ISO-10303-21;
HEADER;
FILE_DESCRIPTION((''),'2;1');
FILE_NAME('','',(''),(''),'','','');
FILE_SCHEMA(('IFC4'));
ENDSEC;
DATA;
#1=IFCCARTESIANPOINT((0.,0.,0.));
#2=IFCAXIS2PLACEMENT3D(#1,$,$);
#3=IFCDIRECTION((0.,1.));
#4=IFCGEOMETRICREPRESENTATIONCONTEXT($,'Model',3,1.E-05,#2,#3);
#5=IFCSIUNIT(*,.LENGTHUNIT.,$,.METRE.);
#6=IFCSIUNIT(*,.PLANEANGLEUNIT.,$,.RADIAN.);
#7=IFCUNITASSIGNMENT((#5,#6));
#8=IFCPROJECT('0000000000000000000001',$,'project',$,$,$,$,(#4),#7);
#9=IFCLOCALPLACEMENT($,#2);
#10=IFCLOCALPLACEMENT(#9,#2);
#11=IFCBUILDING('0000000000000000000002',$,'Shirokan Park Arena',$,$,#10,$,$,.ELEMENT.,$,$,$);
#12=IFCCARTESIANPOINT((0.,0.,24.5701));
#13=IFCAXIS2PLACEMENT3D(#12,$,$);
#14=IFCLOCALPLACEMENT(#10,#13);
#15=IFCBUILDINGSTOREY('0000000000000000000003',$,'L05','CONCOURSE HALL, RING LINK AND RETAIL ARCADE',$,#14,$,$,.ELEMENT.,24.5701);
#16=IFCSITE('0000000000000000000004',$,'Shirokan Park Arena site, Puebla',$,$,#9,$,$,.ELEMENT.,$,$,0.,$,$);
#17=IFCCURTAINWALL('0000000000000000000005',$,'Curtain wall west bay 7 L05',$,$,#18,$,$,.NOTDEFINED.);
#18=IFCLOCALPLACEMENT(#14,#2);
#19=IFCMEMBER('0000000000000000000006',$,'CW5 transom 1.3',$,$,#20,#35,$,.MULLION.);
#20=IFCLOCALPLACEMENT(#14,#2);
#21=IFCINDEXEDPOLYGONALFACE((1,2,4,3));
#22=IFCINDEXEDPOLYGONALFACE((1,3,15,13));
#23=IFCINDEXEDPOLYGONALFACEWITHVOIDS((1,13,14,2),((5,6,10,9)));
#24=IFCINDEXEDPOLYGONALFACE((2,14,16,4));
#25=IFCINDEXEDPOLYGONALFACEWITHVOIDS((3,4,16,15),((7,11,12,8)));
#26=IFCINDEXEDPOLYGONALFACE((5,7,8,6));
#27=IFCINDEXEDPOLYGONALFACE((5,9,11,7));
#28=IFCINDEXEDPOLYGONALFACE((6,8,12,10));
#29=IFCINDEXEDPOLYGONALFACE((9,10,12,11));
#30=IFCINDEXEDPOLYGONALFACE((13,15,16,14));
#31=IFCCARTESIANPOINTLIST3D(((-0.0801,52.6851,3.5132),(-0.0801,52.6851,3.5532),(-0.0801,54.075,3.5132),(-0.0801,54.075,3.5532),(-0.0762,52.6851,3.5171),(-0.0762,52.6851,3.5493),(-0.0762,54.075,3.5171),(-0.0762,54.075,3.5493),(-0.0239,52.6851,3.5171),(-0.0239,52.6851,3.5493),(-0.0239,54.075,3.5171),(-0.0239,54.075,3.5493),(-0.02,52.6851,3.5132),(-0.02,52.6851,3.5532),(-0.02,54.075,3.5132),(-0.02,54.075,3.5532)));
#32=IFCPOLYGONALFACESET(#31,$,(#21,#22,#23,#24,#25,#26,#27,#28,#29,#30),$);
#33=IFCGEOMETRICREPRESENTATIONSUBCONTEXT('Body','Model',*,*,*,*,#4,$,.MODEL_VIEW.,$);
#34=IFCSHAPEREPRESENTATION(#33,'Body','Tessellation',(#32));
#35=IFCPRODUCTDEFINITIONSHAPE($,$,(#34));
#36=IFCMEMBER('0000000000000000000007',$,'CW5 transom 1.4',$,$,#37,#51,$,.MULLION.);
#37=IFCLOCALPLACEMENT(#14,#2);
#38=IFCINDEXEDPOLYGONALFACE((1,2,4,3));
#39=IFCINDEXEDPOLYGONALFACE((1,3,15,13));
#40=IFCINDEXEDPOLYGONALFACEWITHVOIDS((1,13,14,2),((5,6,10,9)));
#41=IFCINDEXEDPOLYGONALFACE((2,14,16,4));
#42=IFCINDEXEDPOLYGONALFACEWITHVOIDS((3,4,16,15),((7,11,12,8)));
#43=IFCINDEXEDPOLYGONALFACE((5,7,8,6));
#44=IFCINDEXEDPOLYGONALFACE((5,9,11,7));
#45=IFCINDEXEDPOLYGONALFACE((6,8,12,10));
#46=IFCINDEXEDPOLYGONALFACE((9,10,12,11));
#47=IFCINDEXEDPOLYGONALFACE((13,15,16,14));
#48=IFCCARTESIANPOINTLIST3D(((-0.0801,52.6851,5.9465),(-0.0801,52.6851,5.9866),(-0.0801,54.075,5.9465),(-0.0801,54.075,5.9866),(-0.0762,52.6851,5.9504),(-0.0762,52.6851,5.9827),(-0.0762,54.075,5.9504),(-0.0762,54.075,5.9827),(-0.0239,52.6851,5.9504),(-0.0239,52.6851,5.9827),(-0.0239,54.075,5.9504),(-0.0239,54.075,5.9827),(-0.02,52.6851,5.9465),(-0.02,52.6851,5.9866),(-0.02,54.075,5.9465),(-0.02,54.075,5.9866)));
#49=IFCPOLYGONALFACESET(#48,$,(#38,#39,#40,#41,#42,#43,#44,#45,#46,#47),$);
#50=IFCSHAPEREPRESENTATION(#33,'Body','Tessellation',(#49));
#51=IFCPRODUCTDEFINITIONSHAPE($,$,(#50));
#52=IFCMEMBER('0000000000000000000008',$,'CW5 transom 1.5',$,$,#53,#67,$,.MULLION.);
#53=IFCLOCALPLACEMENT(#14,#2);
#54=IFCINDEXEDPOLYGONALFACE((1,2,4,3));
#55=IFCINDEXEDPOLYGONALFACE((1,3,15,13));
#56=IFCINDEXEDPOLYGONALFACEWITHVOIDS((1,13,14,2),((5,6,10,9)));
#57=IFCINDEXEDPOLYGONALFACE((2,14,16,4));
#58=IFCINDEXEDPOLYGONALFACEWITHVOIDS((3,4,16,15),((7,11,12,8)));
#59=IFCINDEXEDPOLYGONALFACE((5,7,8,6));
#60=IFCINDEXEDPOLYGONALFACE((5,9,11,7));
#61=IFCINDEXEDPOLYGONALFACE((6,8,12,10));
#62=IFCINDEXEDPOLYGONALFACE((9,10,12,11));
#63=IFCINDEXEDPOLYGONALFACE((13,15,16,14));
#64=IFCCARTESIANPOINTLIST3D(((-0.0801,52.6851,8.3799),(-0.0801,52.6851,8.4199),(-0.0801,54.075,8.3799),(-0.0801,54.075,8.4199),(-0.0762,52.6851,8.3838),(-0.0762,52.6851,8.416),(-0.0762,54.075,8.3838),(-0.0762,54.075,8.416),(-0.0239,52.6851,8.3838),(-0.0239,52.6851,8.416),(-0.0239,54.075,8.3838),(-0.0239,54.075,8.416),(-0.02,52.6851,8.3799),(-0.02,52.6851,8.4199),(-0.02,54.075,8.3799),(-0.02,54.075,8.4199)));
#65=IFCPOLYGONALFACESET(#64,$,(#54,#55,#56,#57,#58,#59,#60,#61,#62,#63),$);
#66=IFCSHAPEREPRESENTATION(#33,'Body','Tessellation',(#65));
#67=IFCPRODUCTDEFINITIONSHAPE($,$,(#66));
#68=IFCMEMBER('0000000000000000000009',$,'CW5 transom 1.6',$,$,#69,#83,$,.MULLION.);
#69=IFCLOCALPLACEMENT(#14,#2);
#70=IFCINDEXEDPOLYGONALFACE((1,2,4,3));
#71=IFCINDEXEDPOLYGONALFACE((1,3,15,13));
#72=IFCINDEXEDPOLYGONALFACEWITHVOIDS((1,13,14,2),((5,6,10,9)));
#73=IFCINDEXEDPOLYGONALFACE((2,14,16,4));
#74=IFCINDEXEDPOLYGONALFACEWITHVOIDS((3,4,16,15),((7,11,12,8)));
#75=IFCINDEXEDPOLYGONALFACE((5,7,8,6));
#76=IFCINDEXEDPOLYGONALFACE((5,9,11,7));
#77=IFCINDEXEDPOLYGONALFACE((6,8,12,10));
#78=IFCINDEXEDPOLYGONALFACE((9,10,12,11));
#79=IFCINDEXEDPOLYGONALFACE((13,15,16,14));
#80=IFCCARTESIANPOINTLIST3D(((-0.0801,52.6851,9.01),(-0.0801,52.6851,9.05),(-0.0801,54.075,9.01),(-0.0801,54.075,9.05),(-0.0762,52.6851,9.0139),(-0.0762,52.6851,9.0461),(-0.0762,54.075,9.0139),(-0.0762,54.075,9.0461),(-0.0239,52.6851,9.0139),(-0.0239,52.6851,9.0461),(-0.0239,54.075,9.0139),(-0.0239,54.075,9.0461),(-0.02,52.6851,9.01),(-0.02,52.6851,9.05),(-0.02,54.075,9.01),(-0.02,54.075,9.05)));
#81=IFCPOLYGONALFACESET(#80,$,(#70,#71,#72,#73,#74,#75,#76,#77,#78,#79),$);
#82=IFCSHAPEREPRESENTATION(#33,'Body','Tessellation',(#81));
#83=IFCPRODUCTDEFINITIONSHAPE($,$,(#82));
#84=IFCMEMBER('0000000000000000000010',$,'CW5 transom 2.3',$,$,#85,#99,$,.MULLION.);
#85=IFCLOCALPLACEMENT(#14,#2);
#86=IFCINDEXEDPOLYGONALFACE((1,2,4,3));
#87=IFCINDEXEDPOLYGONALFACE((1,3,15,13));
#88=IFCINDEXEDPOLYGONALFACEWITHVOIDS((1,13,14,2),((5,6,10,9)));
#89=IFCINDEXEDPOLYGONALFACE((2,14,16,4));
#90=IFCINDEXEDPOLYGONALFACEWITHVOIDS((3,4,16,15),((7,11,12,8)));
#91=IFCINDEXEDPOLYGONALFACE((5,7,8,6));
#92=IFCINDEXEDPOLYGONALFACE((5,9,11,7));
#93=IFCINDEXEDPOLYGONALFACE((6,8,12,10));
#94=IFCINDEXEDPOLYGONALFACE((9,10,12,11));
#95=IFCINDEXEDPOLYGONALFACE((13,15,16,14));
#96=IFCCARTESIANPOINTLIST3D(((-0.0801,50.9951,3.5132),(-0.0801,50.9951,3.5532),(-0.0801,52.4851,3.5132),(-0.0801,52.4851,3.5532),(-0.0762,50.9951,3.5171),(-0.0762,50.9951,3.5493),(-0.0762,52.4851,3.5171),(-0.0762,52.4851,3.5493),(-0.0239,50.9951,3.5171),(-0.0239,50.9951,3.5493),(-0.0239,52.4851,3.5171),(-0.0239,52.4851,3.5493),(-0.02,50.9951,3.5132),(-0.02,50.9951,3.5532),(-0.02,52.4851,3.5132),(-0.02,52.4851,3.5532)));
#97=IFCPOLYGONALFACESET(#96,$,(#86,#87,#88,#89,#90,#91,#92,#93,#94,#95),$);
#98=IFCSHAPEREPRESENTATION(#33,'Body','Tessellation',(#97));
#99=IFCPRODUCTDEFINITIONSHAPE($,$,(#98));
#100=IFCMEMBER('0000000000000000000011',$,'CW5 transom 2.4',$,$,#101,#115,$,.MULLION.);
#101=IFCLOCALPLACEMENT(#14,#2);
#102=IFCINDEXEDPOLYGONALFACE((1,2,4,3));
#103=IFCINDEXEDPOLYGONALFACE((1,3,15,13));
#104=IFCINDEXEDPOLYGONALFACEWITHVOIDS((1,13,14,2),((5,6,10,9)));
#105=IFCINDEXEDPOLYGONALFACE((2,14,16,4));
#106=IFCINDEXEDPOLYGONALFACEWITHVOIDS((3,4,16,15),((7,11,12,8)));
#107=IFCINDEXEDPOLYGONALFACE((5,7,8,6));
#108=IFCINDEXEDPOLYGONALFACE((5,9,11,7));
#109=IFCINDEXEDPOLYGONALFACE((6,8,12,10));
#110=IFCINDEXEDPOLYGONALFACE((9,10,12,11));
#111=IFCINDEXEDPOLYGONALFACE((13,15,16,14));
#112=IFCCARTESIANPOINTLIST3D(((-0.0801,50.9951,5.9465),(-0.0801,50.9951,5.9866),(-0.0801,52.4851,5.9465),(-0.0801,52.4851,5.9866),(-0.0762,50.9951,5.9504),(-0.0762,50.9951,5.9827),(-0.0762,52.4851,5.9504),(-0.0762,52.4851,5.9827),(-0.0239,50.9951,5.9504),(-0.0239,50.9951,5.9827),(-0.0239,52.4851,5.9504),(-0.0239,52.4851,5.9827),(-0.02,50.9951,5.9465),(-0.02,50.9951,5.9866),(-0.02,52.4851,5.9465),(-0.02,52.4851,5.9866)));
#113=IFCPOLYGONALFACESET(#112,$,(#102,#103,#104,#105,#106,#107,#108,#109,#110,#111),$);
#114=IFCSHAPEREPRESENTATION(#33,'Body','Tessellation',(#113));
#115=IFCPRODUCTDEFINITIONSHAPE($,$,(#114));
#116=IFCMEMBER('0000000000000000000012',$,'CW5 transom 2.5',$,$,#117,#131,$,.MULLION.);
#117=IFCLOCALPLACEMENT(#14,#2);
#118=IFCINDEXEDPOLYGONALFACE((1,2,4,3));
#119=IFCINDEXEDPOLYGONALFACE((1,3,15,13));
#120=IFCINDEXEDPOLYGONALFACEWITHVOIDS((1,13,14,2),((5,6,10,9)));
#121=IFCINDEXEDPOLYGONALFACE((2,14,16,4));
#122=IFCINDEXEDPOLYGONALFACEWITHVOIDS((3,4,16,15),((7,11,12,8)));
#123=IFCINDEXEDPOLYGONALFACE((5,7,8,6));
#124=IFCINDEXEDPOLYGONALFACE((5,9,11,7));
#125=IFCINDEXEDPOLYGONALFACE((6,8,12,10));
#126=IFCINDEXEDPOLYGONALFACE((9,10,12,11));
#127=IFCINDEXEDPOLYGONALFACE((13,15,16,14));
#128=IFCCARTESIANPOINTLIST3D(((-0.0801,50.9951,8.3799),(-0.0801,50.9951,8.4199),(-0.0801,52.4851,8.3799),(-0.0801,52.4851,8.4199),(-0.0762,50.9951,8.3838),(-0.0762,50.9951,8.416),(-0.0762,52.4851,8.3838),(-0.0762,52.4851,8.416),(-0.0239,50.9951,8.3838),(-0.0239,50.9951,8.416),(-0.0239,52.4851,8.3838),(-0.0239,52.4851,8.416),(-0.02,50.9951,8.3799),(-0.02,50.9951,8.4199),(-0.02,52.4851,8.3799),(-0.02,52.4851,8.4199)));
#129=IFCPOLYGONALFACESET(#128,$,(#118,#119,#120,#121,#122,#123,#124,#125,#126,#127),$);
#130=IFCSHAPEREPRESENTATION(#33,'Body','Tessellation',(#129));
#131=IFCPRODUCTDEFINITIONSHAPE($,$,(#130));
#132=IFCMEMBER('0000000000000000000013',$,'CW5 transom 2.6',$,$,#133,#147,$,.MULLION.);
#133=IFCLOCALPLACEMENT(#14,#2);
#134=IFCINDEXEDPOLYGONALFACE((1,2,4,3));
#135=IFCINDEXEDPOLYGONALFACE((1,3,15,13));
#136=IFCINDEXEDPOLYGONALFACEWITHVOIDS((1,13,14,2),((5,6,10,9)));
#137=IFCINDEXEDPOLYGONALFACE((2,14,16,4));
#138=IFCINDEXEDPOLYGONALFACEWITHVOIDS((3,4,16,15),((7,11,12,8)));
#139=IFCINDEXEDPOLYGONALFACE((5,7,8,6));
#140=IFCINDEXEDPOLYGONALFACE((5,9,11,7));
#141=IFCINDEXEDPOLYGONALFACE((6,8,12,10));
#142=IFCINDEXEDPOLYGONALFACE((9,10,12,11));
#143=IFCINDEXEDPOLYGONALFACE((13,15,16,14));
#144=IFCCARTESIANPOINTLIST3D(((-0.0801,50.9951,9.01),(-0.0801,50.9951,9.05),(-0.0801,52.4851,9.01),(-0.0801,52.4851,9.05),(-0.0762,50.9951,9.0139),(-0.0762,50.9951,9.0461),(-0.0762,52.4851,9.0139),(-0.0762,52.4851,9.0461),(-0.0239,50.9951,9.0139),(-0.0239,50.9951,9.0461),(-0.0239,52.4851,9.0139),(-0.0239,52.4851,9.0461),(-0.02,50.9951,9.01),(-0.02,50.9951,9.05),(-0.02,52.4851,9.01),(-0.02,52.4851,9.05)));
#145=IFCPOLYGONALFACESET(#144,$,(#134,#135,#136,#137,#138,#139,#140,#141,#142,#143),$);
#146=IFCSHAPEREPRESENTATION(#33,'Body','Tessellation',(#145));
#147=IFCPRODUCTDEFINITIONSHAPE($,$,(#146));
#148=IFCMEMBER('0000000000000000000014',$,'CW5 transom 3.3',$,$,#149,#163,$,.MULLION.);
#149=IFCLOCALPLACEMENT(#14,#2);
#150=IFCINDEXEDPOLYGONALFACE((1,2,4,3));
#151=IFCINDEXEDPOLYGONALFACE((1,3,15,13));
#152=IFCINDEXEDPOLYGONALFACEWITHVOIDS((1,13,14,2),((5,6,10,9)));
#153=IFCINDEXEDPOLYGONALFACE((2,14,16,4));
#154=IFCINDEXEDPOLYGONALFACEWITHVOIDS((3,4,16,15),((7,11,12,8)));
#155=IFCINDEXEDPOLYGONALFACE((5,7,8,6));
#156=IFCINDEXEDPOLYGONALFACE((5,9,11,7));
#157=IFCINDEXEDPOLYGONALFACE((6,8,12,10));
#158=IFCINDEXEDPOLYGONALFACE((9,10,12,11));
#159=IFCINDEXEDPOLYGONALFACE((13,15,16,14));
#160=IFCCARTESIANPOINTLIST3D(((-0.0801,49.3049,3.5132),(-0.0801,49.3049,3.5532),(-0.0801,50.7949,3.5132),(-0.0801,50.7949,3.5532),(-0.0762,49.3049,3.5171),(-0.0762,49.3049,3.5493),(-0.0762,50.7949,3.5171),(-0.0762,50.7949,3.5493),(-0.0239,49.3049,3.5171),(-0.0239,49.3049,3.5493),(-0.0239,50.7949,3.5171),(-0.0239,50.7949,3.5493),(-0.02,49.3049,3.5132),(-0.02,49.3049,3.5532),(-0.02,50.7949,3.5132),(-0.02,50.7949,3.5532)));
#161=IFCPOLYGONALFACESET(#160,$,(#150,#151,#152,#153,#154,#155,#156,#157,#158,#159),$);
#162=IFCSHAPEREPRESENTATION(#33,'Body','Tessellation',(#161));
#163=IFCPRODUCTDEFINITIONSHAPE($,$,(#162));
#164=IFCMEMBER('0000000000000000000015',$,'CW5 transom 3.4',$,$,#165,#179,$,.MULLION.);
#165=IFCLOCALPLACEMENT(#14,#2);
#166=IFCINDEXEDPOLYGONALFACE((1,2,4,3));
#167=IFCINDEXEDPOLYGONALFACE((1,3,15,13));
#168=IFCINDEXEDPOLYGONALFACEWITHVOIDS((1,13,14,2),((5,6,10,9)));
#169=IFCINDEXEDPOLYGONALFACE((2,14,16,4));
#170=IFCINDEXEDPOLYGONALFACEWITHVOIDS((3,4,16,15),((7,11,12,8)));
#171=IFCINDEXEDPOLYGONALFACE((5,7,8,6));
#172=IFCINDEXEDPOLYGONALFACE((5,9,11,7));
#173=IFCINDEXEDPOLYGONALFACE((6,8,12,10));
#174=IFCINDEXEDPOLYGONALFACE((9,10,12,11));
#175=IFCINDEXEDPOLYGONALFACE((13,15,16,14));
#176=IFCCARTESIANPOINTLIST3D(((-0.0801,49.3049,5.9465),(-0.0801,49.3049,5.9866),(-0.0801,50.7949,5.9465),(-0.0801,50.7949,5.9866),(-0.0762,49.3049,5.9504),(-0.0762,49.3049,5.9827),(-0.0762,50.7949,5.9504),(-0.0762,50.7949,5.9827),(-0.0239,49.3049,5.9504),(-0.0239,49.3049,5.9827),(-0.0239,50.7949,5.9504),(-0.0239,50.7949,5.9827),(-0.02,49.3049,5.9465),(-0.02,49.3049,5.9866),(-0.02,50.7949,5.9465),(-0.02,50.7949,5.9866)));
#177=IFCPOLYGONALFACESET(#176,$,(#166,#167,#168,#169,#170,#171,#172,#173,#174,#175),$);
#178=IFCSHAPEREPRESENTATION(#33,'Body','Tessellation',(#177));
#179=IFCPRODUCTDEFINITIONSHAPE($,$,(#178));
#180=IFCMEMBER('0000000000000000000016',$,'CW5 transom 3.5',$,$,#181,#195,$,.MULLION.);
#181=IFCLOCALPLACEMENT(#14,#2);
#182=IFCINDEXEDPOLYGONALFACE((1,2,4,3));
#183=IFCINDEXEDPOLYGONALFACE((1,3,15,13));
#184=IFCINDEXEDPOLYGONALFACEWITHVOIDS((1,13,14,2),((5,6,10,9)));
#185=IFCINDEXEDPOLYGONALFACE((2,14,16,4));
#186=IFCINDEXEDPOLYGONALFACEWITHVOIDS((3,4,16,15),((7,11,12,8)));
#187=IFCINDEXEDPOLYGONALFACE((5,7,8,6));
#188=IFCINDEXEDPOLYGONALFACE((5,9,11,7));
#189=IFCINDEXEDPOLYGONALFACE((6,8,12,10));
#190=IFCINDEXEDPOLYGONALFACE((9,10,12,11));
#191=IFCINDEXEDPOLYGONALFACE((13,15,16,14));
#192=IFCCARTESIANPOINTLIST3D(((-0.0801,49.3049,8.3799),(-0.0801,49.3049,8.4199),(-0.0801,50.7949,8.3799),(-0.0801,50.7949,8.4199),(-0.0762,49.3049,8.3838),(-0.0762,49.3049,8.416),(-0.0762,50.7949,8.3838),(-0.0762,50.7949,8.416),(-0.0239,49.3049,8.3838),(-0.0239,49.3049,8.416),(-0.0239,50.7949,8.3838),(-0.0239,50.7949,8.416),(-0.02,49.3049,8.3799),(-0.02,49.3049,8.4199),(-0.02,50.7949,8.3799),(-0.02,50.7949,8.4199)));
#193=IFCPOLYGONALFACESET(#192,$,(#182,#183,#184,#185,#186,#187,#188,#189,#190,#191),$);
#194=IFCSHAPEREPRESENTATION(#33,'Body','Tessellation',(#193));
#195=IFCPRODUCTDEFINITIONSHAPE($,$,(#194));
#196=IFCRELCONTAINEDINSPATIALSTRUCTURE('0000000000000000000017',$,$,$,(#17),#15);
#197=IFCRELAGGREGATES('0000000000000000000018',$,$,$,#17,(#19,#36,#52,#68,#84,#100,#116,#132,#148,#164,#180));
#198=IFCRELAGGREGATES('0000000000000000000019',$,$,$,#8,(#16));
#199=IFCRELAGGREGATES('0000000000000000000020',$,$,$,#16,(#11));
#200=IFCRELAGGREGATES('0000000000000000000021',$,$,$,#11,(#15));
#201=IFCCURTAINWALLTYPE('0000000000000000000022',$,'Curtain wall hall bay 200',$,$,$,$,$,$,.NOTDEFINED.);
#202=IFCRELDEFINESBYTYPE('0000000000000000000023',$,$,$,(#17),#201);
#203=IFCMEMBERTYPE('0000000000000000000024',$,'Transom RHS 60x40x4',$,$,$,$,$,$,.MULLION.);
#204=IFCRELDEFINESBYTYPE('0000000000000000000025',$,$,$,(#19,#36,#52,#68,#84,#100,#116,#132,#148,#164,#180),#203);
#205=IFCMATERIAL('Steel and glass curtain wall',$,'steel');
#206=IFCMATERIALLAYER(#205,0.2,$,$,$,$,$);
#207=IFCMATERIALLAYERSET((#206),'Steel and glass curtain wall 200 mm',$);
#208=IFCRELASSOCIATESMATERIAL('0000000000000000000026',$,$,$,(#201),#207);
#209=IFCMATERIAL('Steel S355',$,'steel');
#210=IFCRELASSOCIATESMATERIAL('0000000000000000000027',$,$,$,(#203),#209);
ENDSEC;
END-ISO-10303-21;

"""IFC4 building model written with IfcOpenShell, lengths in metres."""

from ifc_helpers import new_model, si_unit, direction, frame, origin, origin_2d, place, context, subcontext, project, spatial, hollow_rectangle, extrude, material, layer, layer_set, material_profile, profile_set, type_object, element, aggregate, save


model = new_model("IFC4")

# Units and contexts
model_context = context("Model", 3, precision=1e-05, world=origin(), true_north=direction((0.0, 1.0)))
body_context = subcontext(model_context, "Body", "Model", "MODEL_VIEW")
ifc_project = project(units=[si_unit("LENGTHUNIT", "METRE"), si_unit("PLANEANGLEUNIT", "RADIAN")], contexts=[model_context])

# Site, building, storey
site_placement = place(None, origin())
site = spatial("IfcSite", under=ifc_project, at=site_placement, Name="Shirokan Park Arena site, Puebla", CompositionType="ELEMENT", RefElevation=0.0)
building_placement = place(site_placement, origin())
building = spatial("IfcBuilding", under=site, at=building_placement, Name="Shirokan Park Arena", CompositionType="ELEMENT")
storey_placement = place(building_placement, frame((0.0, 0.0, 24.5701)))
storey = spatial("IfcBuildingStorey", under=building, at=storey_placement, Name="L05", Description="CONCOURSE HALL, RING LINK AND RETAIL ARCADE", CompositionType="ELEMENT", Elevation=24.5701)

# Curtain wall, members
ifc_material_1 = material(Name="Steel and glass curtain wall", Category="steel")
ifc_layer_1 = layer(ifc_material_1, 0.2)
ifc_layer_set_1 = layer_set([ifc_layer_1], Name="Steel and glass curtain wall 200 mm")
curtain_wall_type = type_object("IfcCurtainWallType", Name="Curtain wall hall bay 200", PredefinedType="NOTDEFINED", material=ifc_layer_set_1)
curtain_wall_placement = place(storey_placement, origin())
curtain_wall = element("IfcCurtainWall", 1, at=curtain_wall_placement, inside=storey, type_object=curtain_wall_type, Name="Curtain wall west bay 7 L05", PredefinedType="NOTDEFINED")
ifc_material_2 = material(Name="Steel S355", Category="steel")
ifc_material_profile = material_profile(ifc_material_2, hollow_rectangle(XDim=0.0601, YDim=0.04, WallThickness=0.0039, at=origin_2d()), Name="RHS 60x40x4")
ifc_profile_set = profile_set([ifc_material_profile], Name="Steel S355")
member_type = type_object("IfcMemberType", Name="Transom RHS 60x40x4", PredefinedType="MULLION", material=ifc_profile_set)
member_1_placement = place(storey_placement, frame((-0.05, 54.075, 3.5332), z_axis=(0.0, -1.0, 0.0), x_axis=(1.0, 0.0, 0.0)))
member_1 = element("IfcMember", 2, at=member_1_placement, type_object=member_type, Name="CW5 transom 1.3", PredefinedType="MULLION", context=body_context, shape_type="SweptSolid", body=[
    extrude(hollow_rectangle(XDim=0.0601, YDim=0.04, WallThickness=0.0039, at=origin_2d()), origin(), (0.0, 0.0, 1.0), 1.3899),
])
member_2_placement = place(storey_placement, frame((-0.05, 54.075, 5.9666), z_axis=(0.0, -1.0, 0.0), x_axis=(1.0, 0.0, 0.0)))
member_2 = element("IfcMember", 3, at=member_2_placement, type_object=member_type, Name="CW5 transom 1.4", PredefinedType="MULLION", context=body_context, shape_type="SweptSolid", body=[
    extrude(hollow_rectangle(XDim=0.0601, YDim=0.04, WallThickness=0.0039, at=origin_2d()), origin(), (0.0, 0.0, 1.0), 1.3899),
])
member_3_placement = place(storey_placement, frame((-0.05, 54.075, 8.3999), z_axis=(0.0, -1.0, 0.0), x_axis=(1.0, 0.0, 0.0)))
member_3 = element("IfcMember", 4, at=member_3_placement, type_object=member_type, Name="CW5 transom 1.5", PredefinedType="MULLION", context=body_context, shape_type="SweptSolid", body=[
    extrude(hollow_rectangle(XDim=0.0601, YDim=0.04, WallThickness=0.0039, at=origin_2d()), origin(), (0.0, 0.0, 1.0), 1.3899),
])
member_4_placement = place(storey_placement, frame((-0.05, 54.075, 9.03), z_axis=(0.0, -1.0, 0.0), x_axis=(1.0, 0.0, 0.0)))
member_4 = element("IfcMember", 5, at=member_4_placement, type_object=member_type, Name="CW5 transom 1.6", PredefinedType="MULLION", context=body_context, shape_type="SweptSolid", body=[
    extrude(hollow_rectangle(XDim=0.0601, YDim=0.04, WallThickness=0.0039, at=origin_2d()), origin(), (0.0, 0.0, 1.0), 1.3899),
])
member_5_placement = place(storey_placement, frame((-0.05, 52.4851, 3.5332), z_axis=(0.0, -1.0, 0.0), x_axis=(1.0, 0.0, 0.0)))
member_5 = element("IfcMember", 6, at=member_5_placement, type_object=member_type, Name="CW5 transom 2.3", PredefinedType="MULLION", context=body_context, shape_type="SweptSolid", body=[
    extrude(hollow_rectangle(XDim=0.0601, YDim=0.04, WallThickness=0.0039, at=origin_2d()), origin(), (0.0, 0.0, 1.0), 1.49),
])
member_6_placement = place(storey_placement, frame((-0.05, 52.4851, 5.9666), z_axis=(0.0, -1.0, 0.0), x_axis=(1.0, 0.0, 0.0)))
member_6 = element("IfcMember", 7, at=member_6_placement, type_object=member_type, Name="CW5 transom 2.4", PredefinedType="MULLION", context=body_context, shape_type="SweptSolid", body=[
    extrude(hollow_rectangle(XDim=0.0601, YDim=0.04, WallThickness=0.0039, at=origin_2d()), origin(), (0.0, 0.0, 1.0), 1.49),
])
member_7_placement = place(storey_placement, frame((-0.05, 52.4851, 8.3999), z_axis=(0.0, -1.0, 0.0), x_axis=(1.0, 0.0, 0.0)))
member_7 = element("IfcMember", 8, at=member_7_placement, type_object=member_type, Name="CW5 transom 2.5", PredefinedType="MULLION", context=body_context, shape_type="SweptSolid", body=[
    extrude(hollow_rectangle(XDim=0.0601, YDim=0.04, WallThickness=0.0039, at=origin_2d()), origin(), (0.0, 0.0, 1.0), 1.49),
])
member_8_placement = place(storey_placement, frame((-0.05, 52.4851, 9.03), z_axis=(0.0, -1.0, 0.0), x_axis=(1.0, 0.0, 0.0)))
member_8 = element("IfcMember", 9, at=member_8_placement, type_object=member_type, Name="CW5 transom 2.6", PredefinedType="MULLION", context=body_context, shape_type="SweptSolid", body=[
    extrude(hollow_rectangle(XDim=0.0601, YDim=0.04, WallThickness=0.0039, at=origin_2d()), origin(), (0.0, 0.0, 1.0), 1.49),
])
member_9_placement = place(storey_placement, frame((-0.05, 50.7949, 3.5332), z_axis=(0.0, -1.0, 0.0), x_axis=(1.0, 0.0, 0.0)))
member_9 = element("IfcMember", 10, at=member_9_placement, type_object=member_type, Name="CW5 transom 3.3", PredefinedType="MULLION", context=body_context, shape_type="SweptSolid", body=[
    extrude(hollow_rectangle(XDim=0.0601, YDim=0.04, WallThickness=0.0039, at=origin_2d()), origin(), (0.0, 0.0, 1.0), 1.49),
])
member_10_placement = place(storey_placement, frame((-0.05, 50.7949, 5.9666), z_axis=(0.0, -1.0, 0.0), x_axis=(1.0, 0.0, 0.0)))
member_10 = element("IfcMember", 11, at=member_10_placement, type_object=member_type, Name="CW5 transom 3.4", PredefinedType="MULLION", context=body_context, shape_type="SweptSolid", body=[
    extrude(hollow_rectangle(XDim=0.0601, YDim=0.04, WallThickness=0.0039, at=origin_2d()), origin(), (0.0, 0.0, 1.0), 1.49),
])
member_11_placement = place(storey_placement, frame((-0.05, 50.7949, 8.3999), z_axis=(0.0, -1.0, 0.0), x_axis=(1.0, 0.0, 0.0)))
member_11 = element("IfcMember", 12, at=member_11_placement, type_object=member_type, Name="CW5 transom 3.5", PredefinedType="MULLION", context=body_context, shape_type="SweptSolid", body=[
    extrude(hollow_rectangle(XDim=0.0601, YDim=0.04, WallThickness=0.0039, at=origin_2d()), origin(), (0.0, 0.0, 1.0), 1.49),
])
aggregate(curtain_wall, [member_1, member_2, member_3, member_4, member_5, member_6, member_7, member_8, member_9, member_10, member_11])

save(model, "model.ifc")
